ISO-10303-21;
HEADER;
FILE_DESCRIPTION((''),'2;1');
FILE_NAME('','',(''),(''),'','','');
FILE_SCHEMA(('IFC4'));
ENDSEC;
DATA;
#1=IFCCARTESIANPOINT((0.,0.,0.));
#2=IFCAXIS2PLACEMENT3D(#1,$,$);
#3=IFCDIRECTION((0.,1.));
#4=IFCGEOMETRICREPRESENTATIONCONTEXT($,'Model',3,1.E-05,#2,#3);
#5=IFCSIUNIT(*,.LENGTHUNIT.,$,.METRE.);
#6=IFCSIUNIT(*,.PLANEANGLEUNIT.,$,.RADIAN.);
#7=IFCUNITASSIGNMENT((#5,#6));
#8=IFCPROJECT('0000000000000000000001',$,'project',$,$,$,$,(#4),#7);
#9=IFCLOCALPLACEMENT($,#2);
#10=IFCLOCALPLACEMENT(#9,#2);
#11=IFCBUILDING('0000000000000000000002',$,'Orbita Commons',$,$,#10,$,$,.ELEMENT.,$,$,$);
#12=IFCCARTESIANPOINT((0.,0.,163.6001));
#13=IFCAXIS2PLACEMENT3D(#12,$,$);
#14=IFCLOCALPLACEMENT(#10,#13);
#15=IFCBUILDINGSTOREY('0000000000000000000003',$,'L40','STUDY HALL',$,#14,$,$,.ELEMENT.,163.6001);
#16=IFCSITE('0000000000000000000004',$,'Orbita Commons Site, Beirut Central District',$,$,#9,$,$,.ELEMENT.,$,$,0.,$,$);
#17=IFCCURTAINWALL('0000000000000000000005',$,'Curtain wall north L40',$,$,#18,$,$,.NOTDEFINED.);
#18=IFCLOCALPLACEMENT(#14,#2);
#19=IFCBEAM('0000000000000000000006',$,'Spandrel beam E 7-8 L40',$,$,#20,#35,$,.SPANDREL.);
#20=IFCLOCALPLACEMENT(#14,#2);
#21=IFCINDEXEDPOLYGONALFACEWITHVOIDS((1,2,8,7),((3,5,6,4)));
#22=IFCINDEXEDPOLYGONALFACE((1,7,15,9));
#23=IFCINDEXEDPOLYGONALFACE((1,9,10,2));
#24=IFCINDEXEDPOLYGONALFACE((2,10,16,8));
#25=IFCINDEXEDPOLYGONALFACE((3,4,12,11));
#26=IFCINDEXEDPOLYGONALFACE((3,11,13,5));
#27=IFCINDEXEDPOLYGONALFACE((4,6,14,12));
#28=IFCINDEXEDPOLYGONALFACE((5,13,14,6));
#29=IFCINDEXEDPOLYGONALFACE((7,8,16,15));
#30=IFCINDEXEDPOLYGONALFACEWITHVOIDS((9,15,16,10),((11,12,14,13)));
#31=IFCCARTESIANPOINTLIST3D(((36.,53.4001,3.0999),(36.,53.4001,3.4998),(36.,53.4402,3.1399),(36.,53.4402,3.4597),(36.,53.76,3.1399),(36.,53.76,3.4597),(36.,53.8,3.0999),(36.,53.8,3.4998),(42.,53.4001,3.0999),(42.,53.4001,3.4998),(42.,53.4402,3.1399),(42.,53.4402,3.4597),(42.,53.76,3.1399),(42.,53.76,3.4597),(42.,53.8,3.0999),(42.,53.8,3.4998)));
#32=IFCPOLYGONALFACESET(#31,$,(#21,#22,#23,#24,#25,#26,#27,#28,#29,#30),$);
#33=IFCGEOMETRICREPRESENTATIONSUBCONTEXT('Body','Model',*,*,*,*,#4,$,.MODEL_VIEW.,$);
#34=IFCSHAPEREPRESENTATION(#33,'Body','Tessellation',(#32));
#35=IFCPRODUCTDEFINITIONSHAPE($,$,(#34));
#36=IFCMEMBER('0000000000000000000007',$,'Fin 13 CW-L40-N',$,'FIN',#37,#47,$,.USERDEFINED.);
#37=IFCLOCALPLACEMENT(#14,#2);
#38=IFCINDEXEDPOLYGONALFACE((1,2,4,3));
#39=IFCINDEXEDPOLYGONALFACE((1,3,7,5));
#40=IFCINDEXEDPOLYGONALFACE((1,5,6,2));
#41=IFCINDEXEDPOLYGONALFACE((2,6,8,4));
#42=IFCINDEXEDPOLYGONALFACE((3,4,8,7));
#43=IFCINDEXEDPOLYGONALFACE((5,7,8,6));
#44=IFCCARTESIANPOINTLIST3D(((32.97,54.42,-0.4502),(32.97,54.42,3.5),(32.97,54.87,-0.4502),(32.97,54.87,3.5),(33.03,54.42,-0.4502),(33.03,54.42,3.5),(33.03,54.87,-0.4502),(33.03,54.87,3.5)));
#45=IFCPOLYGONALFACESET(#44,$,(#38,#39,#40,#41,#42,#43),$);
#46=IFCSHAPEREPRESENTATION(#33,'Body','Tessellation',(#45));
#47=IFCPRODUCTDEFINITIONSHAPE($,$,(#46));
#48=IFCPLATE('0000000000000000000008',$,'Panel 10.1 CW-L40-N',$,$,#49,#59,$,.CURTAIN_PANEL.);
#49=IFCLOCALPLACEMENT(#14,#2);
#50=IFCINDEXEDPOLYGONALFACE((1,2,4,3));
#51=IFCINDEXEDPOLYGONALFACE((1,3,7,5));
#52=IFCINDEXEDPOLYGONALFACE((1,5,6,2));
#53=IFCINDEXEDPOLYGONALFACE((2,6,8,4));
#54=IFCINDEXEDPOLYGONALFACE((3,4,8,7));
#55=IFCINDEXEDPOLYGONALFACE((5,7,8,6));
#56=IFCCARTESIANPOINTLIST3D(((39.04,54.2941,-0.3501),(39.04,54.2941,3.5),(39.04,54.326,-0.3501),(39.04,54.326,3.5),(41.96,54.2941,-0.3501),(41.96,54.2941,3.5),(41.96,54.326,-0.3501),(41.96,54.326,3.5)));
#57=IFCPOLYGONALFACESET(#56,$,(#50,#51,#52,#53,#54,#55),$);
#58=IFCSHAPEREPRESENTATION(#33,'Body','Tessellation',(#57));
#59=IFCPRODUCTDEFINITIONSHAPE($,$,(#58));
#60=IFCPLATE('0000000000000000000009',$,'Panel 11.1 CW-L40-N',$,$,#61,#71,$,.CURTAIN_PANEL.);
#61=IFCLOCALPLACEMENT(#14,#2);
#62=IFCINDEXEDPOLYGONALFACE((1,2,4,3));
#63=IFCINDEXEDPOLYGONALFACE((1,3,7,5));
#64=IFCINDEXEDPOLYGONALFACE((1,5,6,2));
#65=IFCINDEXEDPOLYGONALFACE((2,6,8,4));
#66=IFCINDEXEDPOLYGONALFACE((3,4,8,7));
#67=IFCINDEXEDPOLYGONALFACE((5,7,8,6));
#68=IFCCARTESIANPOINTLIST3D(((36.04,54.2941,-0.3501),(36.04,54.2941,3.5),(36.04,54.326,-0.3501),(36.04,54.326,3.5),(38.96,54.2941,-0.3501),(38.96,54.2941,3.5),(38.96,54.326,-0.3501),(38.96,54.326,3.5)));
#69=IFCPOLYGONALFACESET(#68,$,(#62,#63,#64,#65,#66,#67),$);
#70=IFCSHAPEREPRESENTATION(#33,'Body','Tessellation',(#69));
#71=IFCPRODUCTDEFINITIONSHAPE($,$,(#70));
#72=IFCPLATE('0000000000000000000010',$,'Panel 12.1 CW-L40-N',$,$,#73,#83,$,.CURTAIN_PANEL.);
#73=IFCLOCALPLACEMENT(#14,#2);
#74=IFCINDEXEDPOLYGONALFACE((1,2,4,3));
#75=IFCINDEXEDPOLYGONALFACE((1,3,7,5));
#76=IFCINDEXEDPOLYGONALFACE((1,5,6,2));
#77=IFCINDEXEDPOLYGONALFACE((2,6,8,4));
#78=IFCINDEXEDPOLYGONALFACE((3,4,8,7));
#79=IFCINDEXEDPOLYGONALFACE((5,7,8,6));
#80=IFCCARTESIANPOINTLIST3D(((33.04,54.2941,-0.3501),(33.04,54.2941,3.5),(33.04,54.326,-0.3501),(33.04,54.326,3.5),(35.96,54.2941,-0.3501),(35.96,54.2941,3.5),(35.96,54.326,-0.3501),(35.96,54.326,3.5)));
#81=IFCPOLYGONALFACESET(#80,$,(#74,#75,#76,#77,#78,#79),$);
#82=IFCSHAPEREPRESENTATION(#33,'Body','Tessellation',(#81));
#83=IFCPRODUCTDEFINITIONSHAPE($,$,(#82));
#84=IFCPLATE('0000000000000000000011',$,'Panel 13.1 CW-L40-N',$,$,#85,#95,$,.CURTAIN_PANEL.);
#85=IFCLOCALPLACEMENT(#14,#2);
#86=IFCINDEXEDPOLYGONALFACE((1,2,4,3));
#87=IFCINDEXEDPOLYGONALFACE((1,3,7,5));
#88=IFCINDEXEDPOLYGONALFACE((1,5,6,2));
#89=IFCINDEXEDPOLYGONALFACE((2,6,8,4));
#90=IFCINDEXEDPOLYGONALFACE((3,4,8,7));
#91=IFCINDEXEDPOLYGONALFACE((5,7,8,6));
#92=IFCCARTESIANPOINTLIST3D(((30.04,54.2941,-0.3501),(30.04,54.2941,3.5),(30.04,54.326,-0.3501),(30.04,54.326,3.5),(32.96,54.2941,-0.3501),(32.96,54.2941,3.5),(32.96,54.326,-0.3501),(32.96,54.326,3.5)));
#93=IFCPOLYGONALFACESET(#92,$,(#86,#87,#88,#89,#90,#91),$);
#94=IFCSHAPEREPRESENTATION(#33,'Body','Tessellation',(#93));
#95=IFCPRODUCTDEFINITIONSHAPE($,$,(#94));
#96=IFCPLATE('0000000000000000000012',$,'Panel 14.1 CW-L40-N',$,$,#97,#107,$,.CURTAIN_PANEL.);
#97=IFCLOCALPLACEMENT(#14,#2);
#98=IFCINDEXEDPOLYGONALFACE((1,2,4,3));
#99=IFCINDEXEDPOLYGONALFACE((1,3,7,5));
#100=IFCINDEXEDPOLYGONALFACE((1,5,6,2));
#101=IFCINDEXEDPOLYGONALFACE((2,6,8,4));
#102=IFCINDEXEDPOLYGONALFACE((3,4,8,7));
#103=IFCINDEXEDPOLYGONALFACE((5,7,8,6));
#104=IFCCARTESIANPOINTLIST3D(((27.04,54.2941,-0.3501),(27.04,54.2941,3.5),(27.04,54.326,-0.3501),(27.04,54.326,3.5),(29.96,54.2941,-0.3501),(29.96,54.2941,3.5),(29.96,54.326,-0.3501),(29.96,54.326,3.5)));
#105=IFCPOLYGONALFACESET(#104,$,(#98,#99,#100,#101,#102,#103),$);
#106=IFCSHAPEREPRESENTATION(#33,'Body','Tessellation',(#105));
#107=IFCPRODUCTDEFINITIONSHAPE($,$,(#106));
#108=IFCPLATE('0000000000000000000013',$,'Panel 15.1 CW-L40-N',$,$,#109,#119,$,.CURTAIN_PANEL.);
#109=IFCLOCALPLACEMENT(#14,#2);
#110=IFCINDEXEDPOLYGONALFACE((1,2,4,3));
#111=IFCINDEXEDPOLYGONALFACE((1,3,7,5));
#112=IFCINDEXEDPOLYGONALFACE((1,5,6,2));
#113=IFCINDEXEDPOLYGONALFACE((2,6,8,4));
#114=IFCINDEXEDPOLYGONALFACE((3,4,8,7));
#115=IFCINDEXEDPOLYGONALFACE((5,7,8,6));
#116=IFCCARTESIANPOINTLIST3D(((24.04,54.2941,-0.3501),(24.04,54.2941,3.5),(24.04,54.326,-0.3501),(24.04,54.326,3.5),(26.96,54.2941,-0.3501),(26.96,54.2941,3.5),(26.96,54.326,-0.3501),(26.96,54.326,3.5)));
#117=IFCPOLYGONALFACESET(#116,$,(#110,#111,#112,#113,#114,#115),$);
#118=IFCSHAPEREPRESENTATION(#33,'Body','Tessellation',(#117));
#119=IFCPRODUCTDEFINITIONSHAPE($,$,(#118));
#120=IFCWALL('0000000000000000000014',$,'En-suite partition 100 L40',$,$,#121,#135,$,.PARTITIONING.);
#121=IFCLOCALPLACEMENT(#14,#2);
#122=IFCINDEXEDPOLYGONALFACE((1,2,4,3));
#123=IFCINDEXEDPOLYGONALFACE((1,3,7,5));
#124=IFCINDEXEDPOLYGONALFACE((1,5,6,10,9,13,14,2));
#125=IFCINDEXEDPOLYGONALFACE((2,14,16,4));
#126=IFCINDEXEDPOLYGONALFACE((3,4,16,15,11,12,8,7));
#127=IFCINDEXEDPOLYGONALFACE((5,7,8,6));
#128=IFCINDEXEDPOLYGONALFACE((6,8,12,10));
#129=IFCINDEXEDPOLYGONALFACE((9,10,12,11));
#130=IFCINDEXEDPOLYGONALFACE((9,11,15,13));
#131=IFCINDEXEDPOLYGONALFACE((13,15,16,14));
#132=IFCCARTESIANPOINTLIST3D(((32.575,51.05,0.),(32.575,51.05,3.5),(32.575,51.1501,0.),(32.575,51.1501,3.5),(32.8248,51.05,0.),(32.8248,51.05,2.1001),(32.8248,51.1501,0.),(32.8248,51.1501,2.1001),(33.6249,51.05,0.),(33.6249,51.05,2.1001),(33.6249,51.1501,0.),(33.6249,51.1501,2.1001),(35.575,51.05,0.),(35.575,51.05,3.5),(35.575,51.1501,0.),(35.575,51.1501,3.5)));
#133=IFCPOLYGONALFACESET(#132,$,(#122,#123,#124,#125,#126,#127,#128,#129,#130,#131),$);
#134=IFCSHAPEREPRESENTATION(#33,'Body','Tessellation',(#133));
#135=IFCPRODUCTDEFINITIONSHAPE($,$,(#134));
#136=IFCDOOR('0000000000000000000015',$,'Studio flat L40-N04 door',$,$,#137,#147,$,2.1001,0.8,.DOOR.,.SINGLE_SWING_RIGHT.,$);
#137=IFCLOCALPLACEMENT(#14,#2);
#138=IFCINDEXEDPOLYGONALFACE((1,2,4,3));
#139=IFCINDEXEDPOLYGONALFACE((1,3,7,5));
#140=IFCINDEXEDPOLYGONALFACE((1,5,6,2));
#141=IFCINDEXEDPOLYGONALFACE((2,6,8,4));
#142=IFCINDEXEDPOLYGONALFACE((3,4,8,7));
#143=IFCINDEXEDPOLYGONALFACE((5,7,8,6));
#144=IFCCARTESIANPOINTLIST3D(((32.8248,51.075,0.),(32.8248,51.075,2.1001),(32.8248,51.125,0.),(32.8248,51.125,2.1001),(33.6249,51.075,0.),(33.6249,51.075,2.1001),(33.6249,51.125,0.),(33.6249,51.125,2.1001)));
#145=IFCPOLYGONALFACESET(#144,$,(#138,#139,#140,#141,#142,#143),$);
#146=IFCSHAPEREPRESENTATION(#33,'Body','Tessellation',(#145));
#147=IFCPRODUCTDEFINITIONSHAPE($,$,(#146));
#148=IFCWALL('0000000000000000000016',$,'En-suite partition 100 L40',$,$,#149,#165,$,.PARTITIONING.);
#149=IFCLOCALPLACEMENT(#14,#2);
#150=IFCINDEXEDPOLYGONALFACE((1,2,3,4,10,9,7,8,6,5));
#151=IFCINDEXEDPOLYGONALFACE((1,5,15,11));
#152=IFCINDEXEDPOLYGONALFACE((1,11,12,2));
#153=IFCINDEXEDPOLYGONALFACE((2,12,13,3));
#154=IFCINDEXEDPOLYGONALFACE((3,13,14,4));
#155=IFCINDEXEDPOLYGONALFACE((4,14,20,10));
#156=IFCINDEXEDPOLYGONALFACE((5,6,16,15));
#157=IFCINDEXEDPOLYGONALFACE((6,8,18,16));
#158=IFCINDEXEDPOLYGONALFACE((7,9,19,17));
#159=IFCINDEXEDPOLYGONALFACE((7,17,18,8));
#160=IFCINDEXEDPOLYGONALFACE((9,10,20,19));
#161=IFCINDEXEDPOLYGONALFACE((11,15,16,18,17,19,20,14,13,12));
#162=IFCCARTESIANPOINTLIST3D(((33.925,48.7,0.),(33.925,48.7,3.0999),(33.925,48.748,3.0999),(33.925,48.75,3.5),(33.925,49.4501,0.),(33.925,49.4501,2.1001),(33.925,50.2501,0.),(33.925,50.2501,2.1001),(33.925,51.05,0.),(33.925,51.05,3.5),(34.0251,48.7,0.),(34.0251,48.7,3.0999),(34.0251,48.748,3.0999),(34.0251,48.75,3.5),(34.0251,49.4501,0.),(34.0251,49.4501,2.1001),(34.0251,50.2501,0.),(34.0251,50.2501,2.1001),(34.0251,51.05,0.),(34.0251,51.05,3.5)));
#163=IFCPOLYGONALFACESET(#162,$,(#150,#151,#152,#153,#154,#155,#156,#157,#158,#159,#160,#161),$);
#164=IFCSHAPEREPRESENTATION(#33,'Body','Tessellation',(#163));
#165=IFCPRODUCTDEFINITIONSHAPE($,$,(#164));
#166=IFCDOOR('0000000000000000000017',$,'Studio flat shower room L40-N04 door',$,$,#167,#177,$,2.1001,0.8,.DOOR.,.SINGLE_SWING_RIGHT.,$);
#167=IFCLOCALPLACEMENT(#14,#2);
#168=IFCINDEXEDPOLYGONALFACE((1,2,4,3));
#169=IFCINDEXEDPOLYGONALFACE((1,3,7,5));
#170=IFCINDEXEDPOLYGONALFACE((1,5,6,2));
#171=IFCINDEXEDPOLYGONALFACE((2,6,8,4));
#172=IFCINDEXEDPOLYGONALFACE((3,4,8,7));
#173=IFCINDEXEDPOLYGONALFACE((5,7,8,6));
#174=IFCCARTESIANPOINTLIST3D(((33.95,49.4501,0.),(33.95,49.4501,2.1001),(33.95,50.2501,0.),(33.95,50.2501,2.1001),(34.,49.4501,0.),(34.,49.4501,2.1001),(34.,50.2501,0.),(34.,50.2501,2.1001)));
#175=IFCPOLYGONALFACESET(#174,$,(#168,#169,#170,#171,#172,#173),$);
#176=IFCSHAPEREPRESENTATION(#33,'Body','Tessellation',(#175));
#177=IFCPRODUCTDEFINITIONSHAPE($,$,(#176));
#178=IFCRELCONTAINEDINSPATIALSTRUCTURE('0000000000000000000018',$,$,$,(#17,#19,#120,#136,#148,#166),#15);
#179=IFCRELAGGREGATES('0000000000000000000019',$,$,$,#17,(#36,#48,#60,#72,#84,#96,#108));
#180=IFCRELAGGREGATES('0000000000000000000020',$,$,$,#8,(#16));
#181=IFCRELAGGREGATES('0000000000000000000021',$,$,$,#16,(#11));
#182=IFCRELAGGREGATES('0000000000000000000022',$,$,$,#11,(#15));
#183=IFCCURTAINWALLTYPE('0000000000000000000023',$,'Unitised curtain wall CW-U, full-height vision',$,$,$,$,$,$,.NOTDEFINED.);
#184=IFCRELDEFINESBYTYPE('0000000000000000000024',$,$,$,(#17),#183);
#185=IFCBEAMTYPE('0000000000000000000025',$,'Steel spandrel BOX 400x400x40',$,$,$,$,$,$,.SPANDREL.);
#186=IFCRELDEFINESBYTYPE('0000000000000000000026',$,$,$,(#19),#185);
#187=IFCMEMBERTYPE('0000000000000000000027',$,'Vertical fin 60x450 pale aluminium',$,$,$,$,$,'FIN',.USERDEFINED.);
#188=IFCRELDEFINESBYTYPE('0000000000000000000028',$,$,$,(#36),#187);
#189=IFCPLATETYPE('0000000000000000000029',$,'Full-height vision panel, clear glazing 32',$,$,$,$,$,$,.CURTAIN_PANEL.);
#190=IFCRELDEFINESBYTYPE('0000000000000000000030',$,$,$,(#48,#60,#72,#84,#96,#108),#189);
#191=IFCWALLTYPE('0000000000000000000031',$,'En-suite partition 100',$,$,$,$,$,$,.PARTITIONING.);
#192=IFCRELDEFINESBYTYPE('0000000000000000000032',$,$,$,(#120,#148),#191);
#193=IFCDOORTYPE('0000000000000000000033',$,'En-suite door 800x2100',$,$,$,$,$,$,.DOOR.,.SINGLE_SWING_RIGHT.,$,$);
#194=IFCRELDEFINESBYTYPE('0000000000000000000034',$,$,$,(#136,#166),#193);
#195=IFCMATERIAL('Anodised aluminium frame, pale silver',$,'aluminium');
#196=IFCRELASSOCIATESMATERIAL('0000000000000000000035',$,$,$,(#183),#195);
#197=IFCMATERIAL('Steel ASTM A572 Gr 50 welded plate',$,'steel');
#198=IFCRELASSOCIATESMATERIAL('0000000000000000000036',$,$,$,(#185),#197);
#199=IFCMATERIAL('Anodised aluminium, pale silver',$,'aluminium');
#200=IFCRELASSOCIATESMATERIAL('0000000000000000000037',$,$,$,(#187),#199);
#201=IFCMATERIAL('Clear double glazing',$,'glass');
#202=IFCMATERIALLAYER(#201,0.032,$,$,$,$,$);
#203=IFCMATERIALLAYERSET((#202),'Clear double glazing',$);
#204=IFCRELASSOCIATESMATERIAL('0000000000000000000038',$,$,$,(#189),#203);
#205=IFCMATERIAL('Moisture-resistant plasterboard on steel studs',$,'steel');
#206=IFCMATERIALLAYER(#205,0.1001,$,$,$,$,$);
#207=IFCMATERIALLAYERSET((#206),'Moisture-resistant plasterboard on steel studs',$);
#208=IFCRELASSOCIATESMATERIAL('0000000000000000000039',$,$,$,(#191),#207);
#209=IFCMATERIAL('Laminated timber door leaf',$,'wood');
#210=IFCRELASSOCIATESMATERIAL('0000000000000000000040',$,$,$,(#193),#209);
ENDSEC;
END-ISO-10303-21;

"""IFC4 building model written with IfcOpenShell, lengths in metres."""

from ifc_helpers import new_model, si_unit, direction, frame, frame_2d, origin, origin_2d, place, context, subcontext, project, spatial, polyline, rectangle, hollow_rectangle, outline, extrude, material, layer, layer_set, material_profile, profile_set, type_object, element, fill, aggregate, save


model = new_model("IFC4")

# Units and contexts
model_context = context("Model", 3, precision=1e-05, world=origin(), true_north=direction((0.0, 1.0)))
body_context = subcontext(model_context, "Body", "Model", "MODEL_VIEW")
ifc_project = project(units=[si_unit("LENGTHUNIT", "METRE"), si_unit("PLANEANGLEUNIT", "RADIAN")], contexts=[model_context])

# Site, building, storey
site_placement = place(None, origin())
site = spatial("IfcSite", under=ifc_project, at=site_placement, Name="Orbita Commons Site, Beirut Central District", CompositionType="ELEMENT", RefElevation=0.0)
building_placement = place(site_placement, origin())
building = spatial("IfcBuilding", under=site, at=building_placement, Name="Orbita Commons", CompositionType="ELEMENT")
storey_placement = place(building_placement, frame((0.0, 0.0, 163.6001)))
storey = spatial("IfcBuildingStorey", under=building, at=storey_placement, Name="L40", Description="STUDY HALL", CompositionType="ELEMENT", Elevation=163.6001)

# Curtain wall
ifc_material_1 = material(Name="Anodised aluminium frame, pale silver", Category="aluminium")
curtain_wall_type = type_object("IfcCurtainWallType", Name="Unitised curtain wall CW-U, full-height vision", PredefinedType="NOTDEFINED", material=ifc_material_1)
curtain_wall_placement = place(storey_placement, origin())
curtain_wall = element("IfcCurtainWall", 1, at=curtain_wall_placement, inside=storey, type_object=curtain_wall_type, Name="Curtain wall north L40", PredefinedType="NOTDEFINED")

# Beam
ifc_material_2 = material(Name="Steel ASTM A572 Gr 50 welded plate", Category="steel")
ifc_material_profile_1 = material_profile(ifc_material_2, hollow_rectangle(XDim=0.3999, YDim=0.3999, WallThickness=0.04, at=origin_2d()), Name="BOX 400x400x40")
ifc_profile_set_1 = profile_set([ifc_material_profile_1], Name="Steel ASTM A572 Gr 50 welded plate")
beam_type = type_object("IfcBeamType", Name="Steel spandrel BOX 400x400x40", PredefinedType="SPANDREL", material=ifc_profile_set_1)
for number, where, z_axis, x_axis, name in (
    (2, (36.0, 53.6001, 3.2998), (1.0, 0.0, 0.0), (0.0, 1.0, 0.0), "Spandrel beam E 7-8 L40"),
):
    element("IfcBeam", number, at=place(storey_placement, frame(where, z_axis=z_axis, x_axis=x_axis)), inside=storey, type_object=beam_type, Name=name, PredefinedType="SPANDREL", context=body_context, shape_type="SweptSolid", body=[
        extrude(hollow_rectangle(XDim=0.3999, YDim=0.3999, WallThickness=0.04, at=origin_2d()), origin(), (0.0, 0.0, 1.0), 6.0),
    ])

# Member
ifc_material_3 = material(Name="Anodised aluminium, pale silver", Category="aluminium")
ifc_material_profile_2 = material_profile(ifc_material_3, rectangle(XDim=0.0601, YDim=0.45, at=origin_2d()), Name="FIN 60x450")
ifc_profile_set_2 = profile_set([ifc_material_profile_2], Name="Anodised aluminium, pale silver")
member_type_1 = type_object("IfcMemberType", Name="Vertical fin 60x450 pale aluminium", ElementType="FIN", PredefinedType="USERDEFINED", material=ifc_profile_set_2)
member_1_placement = place(storey_placement, frame((33.0, 54.645, -0.4502), z_axis=(0.0, 0.0, 1.0), x_axis=(-1.0, 0.0, 0.0)))
member_1 = element("IfcMember", 3, at=member_1_placement, type_object=member_type_1, Name="Fin 13 CW-L40-N", ObjectType="FIN", PredefinedType="USERDEFINED", context=body_context, shape_type="SweptSolid", body=[
    extrude(rectangle(XDim=0.0601, YDim=0.45, at=origin_2d()), origin(), (0.0, 0.0, 1.0), 3.9502),
])

# Plates
ifc_material_4 = material(Name="Clear double glazing", Category="glass")
ifc_layer_1 = layer(ifc_material_4, 0.032)
ifc_layer_set_1 = layer_set([ifc_layer_1], Name="Clear double glazing")
plate_type = type_object("IfcPlateType", Name="Full-height vision panel, clear glazing 32", PredefinedType="CURTAIN_PANEL", material=ifc_layer_set_1)
plate_1_placement = place(storey_placement, frame((40.5, 54.3101, -0.3501), z_axis=(0.0, 0.0, 1.0), x_axis=(-1.0, 0.0, 0.0)))
plate_1 = element("IfcPlate", 4, at=plate_1_placement, type_object=plate_type, Name="Panel 10.1 CW-L40-N", PredefinedType="CURTAIN_PANEL", context=body_context, shape_type="SweptSolid", body=[
    extrude(rectangle(XDim=2.9199, YDim=0.032, at=origin_2d()), origin(), (0.0, 0.0, 1.0), 3.8501),
])
plate_2_placement = place(storey_placement, frame((37.5, 54.3101, -0.3501), z_axis=(0.0, 0.0, 1.0), x_axis=(-1.0, 0.0, 0.0)))
plate_2 = element("IfcPlate", 5, at=plate_2_placement, type_object=plate_type, Name="Panel 11.1 CW-L40-N", PredefinedType="CURTAIN_PANEL", context=body_context, shape_type="SweptSolid", body=[
    extrude(rectangle(XDim=2.9199, YDim=0.032, at=origin_2d()), origin(), (0.0, 0.0, 1.0), 3.8501),
])
plate_3_placement = place(storey_placement, frame((34.5, 54.3101, -0.3501), z_axis=(0.0, 0.0, 1.0), x_axis=(-1.0, 0.0, 0.0)))
plate_3 = element("IfcPlate", 6, at=plate_3_placement, type_object=plate_type, Name="Panel 12.1 CW-L40-N", PredefinedType="CURTAIN_PANEL", context=body_context, shape_type="SweptSolid", body=[
    extrude(rectangle(XDim=2.9199, YDim=0.032, at=origin_2d()), origin(), (0.0, 0.0, 1.0), 3.8501),
])
plate_4_placement = place(storey_placement, frame((31.5, 54.3101, -0.3501), z_axis=(0.0, 0.0, 1.0), x_axis=(-1.0, 0.0, 0.0)))
plate_4 = element("IfcPlate", 7, at=plate_4_placement, type_object=plate_type, Name="Panel 13.1 CW-L40-N", PredefinedType="CURTAIN_PANEL", context=body_context, shape_type="SweptSolid", body=[
    extrude(rectangle(XDim=2.9199, YDim=0.032, at=origin_2d()), origin(), (0.0, 0.0, 1.0), 3.8501),
])
plate_5_placement = place(storey_placement, frame((28.5, 54.3101, -0.3501), z_axis=(0.0, 0.0, 1.0), x_axis=(-1.0, 0.0, 0.0)))
plate_5 = element("IfcPlate", 8, at=plate_5_placement, type_object=plate_type, Name="Panel 14.1 CW-L40-N", PredefinedType="CURTAIN_PANEL", context=body_context, shape_type="SweptSolid", body=[
    extrude(rectangle(XDim=2.9199, YDim=0.032, at=origin_2d()), origin(), (0.0, 0.0, 1.0), 3.8501),
])
plate_6_placement = place(storey_placement, frame((25.5, 54.3101, -0.3501), z_axis=(0.0, 0.0, 1.0), x_axis=(-1.0, 0.0, 0.0)))
plate_6 = element("IfcPlate", 9, at=plate_6_placement, type_object=plate_type, Name="Panel 15.1 CW-L40-N", PredefinedType="CURTAIN_PANEL", context=body_context, shape_type="SweptSolid", body=[
    extrude(rectangle(XDim=2.9199, YDim=0.032, at=origin_2d()), origin(), (0.0, 0.0, 1.0), 3.8501),
])
aggregate(curtain_wall, [member_1, plate_1, plate_2, plate_3, plate_4, plate_5, plate_6])

# Walls, openings, doors
ifc_material_5 = material(Name="Moisture-resistant plasterboard on steel studs", Category="steel")
ifc_layer_2 = layer(ifc_material_5, 0.1001)
ifc_layer_set_2 = layer_set([ifc_layer_2], Name="Moisture-resistant plasterboard on steel studs")
wall_type_1 = type_object("IfcWallType", Name="En-suite partition 100", PredefinedType="PARTITIONING", material=ifc_layer_set_2)
wall_1_placement = place(storey_placement, frame((32.575, 51.1001, 0.0), z_axis=(0.0, 0.0, 1.0), x_axis=(1.0, 0.0, 0.0)))
wall_1 = element("IfcWall", 10, at=wall_1_placement, inside=storey, type_object=wall_type_1, Name="En-suite partition 100 L40", PredefinedType="PARTITIONING", context=body_context, shape_type="SweptSolid", body=[
    extrude(rectangle(XDim=3.0, YDim=0.1001, at=frame_2d((1.5, 0.0))), origin(), (0.0, 0.0, 1.0), 3.5),
])
opening_1_placement = place(wall_1_placement, frame((0.25, 0.0, 0.0)))
opening_1 = element("IfcOpeningElement", 11, at=opening_1_placement, cuts=wall_1, PredefinedType="OPENING", context=body_context, shape_type="SweptSolid", body=[
    extrude(rectangle(XDim=0.8, YDim=2.1001, at=frame_2d((0.3999, 1.05))), frame((0.0, 0.0601, 0.0), z_axis=(0.0, -1.0, 0.0), x_axis=(1.0, 0.0, 0.0)), (0.0, 0.0, 1.0), 0.1201),
])
ifc_material_6 = material(Name="Laminated timber door leaf", Category="wood")
door_type_1 = type_object("IfcDoorType", Name="En-suite door 800x2100", OperationType="SINGLE_SWING_RIGHT", PredefinedType="DOOR", material=ifc_material_6)
door_1_placement = place(opening_1_placement, origin())
door_1 = element("IfcDoor", 12, at=door_1_placement, inside=storey, type_object=door_type_1, Name="Studio flat L40-N04 door", OperationType="SINGLE_SWING_RIGHT", OverallHeight=2.1001, OverallWidth=0.8, PredefinedType="DOOR", context=body_context, shape_type="SweptSolid", body=[
    extrude(rectangle(XDim=0.8, YDim=2.1001, at=frame_2d((0.3999, 1.05))), frame((0.0, 0.0249, 0.0), z_axis=(0.0, -1.0, 0.0), x_axis=(1.0, 0.0, 0.0)), (0.0, 0.0, 1.0), 0.05),
])
fill(opening_1, door_1)
wall_2_placement = place(storey_placement, frame((33.9751, 51.05, 0.0), z_axis=(0.0, 0.0, 1.0), x_axis=(0.0, -1.0, 0.0)))
wall_2 = element("IfcWall", 13, at=wall_2_placement, inside=storey, type_object=wall_type_1, Name="En-suite partition 100 L40", PredefinedType="PARTITIONING", context=body_context, shape_type="SweptSolid", body=[
    extrude(outline(polyline([(0.0, 0.0), (2.3501, 0.0), (2.3501, 3.0999), (2.302, 3.0999), (2.3, 3.5), (0.0, 3.5), (0.0, 0.0)])), frame((0.0, 0.05, 0.0), z_axis=(0.0, -1.0, 0.0), x_axis=(1.0, 0.0, 0.0)), (0.0, 0.0, 1.0), 0.1001),
])
opening_2_placement = place(wall_2_placement, frame((0.8, 0.0, 0.0)))
opening_2 = element("IfcOpeningElement", 14, at=opening_2_placement, cuts=wall_2, PredefinedType="OPENING", context=body_context, shape_type="SweptSolid", body=[
    extrude(rectangle(XDim=0.8, YDim=2.1001, at=frame_2d((0.3999, 1.05))), frame((0.0, 0.0601, 0.0), z_axis=(0.0, -1.0, 0.0), x_axis=(1.0, 0.0, 0.0)), (0.0, 0.0, 1.0), 0.1201),
])
door_2_placement = place(opening_2_placement, origin())
door_2 = element("IfcDoor", 15, at=door_2_placement, inside=storey, type_object=door_type_1, Name="Studio flat shower room L40-N04 door", OperationType="SINGLE_SWING_RIGHT", OverallHeight=2.1001, OverallWidth=0.8, PredefinedType="DOOR", context=body_context, shape_type="SweptSolid", body=[
    extrude(rectangle(XDim=0.8, YDim=2.1001, at=frame_2d((0.3999, 1.05))), frame((0.0, 0.0249, 0.0), z_axis=(0.0, -1.0, 0.0), x_axis=(1.0, 0.0, 0.0)), (0.0, 0.0, 1.0), 0.05),
])
fill(opening_2, door_2)

save(model, "model.ifc")
